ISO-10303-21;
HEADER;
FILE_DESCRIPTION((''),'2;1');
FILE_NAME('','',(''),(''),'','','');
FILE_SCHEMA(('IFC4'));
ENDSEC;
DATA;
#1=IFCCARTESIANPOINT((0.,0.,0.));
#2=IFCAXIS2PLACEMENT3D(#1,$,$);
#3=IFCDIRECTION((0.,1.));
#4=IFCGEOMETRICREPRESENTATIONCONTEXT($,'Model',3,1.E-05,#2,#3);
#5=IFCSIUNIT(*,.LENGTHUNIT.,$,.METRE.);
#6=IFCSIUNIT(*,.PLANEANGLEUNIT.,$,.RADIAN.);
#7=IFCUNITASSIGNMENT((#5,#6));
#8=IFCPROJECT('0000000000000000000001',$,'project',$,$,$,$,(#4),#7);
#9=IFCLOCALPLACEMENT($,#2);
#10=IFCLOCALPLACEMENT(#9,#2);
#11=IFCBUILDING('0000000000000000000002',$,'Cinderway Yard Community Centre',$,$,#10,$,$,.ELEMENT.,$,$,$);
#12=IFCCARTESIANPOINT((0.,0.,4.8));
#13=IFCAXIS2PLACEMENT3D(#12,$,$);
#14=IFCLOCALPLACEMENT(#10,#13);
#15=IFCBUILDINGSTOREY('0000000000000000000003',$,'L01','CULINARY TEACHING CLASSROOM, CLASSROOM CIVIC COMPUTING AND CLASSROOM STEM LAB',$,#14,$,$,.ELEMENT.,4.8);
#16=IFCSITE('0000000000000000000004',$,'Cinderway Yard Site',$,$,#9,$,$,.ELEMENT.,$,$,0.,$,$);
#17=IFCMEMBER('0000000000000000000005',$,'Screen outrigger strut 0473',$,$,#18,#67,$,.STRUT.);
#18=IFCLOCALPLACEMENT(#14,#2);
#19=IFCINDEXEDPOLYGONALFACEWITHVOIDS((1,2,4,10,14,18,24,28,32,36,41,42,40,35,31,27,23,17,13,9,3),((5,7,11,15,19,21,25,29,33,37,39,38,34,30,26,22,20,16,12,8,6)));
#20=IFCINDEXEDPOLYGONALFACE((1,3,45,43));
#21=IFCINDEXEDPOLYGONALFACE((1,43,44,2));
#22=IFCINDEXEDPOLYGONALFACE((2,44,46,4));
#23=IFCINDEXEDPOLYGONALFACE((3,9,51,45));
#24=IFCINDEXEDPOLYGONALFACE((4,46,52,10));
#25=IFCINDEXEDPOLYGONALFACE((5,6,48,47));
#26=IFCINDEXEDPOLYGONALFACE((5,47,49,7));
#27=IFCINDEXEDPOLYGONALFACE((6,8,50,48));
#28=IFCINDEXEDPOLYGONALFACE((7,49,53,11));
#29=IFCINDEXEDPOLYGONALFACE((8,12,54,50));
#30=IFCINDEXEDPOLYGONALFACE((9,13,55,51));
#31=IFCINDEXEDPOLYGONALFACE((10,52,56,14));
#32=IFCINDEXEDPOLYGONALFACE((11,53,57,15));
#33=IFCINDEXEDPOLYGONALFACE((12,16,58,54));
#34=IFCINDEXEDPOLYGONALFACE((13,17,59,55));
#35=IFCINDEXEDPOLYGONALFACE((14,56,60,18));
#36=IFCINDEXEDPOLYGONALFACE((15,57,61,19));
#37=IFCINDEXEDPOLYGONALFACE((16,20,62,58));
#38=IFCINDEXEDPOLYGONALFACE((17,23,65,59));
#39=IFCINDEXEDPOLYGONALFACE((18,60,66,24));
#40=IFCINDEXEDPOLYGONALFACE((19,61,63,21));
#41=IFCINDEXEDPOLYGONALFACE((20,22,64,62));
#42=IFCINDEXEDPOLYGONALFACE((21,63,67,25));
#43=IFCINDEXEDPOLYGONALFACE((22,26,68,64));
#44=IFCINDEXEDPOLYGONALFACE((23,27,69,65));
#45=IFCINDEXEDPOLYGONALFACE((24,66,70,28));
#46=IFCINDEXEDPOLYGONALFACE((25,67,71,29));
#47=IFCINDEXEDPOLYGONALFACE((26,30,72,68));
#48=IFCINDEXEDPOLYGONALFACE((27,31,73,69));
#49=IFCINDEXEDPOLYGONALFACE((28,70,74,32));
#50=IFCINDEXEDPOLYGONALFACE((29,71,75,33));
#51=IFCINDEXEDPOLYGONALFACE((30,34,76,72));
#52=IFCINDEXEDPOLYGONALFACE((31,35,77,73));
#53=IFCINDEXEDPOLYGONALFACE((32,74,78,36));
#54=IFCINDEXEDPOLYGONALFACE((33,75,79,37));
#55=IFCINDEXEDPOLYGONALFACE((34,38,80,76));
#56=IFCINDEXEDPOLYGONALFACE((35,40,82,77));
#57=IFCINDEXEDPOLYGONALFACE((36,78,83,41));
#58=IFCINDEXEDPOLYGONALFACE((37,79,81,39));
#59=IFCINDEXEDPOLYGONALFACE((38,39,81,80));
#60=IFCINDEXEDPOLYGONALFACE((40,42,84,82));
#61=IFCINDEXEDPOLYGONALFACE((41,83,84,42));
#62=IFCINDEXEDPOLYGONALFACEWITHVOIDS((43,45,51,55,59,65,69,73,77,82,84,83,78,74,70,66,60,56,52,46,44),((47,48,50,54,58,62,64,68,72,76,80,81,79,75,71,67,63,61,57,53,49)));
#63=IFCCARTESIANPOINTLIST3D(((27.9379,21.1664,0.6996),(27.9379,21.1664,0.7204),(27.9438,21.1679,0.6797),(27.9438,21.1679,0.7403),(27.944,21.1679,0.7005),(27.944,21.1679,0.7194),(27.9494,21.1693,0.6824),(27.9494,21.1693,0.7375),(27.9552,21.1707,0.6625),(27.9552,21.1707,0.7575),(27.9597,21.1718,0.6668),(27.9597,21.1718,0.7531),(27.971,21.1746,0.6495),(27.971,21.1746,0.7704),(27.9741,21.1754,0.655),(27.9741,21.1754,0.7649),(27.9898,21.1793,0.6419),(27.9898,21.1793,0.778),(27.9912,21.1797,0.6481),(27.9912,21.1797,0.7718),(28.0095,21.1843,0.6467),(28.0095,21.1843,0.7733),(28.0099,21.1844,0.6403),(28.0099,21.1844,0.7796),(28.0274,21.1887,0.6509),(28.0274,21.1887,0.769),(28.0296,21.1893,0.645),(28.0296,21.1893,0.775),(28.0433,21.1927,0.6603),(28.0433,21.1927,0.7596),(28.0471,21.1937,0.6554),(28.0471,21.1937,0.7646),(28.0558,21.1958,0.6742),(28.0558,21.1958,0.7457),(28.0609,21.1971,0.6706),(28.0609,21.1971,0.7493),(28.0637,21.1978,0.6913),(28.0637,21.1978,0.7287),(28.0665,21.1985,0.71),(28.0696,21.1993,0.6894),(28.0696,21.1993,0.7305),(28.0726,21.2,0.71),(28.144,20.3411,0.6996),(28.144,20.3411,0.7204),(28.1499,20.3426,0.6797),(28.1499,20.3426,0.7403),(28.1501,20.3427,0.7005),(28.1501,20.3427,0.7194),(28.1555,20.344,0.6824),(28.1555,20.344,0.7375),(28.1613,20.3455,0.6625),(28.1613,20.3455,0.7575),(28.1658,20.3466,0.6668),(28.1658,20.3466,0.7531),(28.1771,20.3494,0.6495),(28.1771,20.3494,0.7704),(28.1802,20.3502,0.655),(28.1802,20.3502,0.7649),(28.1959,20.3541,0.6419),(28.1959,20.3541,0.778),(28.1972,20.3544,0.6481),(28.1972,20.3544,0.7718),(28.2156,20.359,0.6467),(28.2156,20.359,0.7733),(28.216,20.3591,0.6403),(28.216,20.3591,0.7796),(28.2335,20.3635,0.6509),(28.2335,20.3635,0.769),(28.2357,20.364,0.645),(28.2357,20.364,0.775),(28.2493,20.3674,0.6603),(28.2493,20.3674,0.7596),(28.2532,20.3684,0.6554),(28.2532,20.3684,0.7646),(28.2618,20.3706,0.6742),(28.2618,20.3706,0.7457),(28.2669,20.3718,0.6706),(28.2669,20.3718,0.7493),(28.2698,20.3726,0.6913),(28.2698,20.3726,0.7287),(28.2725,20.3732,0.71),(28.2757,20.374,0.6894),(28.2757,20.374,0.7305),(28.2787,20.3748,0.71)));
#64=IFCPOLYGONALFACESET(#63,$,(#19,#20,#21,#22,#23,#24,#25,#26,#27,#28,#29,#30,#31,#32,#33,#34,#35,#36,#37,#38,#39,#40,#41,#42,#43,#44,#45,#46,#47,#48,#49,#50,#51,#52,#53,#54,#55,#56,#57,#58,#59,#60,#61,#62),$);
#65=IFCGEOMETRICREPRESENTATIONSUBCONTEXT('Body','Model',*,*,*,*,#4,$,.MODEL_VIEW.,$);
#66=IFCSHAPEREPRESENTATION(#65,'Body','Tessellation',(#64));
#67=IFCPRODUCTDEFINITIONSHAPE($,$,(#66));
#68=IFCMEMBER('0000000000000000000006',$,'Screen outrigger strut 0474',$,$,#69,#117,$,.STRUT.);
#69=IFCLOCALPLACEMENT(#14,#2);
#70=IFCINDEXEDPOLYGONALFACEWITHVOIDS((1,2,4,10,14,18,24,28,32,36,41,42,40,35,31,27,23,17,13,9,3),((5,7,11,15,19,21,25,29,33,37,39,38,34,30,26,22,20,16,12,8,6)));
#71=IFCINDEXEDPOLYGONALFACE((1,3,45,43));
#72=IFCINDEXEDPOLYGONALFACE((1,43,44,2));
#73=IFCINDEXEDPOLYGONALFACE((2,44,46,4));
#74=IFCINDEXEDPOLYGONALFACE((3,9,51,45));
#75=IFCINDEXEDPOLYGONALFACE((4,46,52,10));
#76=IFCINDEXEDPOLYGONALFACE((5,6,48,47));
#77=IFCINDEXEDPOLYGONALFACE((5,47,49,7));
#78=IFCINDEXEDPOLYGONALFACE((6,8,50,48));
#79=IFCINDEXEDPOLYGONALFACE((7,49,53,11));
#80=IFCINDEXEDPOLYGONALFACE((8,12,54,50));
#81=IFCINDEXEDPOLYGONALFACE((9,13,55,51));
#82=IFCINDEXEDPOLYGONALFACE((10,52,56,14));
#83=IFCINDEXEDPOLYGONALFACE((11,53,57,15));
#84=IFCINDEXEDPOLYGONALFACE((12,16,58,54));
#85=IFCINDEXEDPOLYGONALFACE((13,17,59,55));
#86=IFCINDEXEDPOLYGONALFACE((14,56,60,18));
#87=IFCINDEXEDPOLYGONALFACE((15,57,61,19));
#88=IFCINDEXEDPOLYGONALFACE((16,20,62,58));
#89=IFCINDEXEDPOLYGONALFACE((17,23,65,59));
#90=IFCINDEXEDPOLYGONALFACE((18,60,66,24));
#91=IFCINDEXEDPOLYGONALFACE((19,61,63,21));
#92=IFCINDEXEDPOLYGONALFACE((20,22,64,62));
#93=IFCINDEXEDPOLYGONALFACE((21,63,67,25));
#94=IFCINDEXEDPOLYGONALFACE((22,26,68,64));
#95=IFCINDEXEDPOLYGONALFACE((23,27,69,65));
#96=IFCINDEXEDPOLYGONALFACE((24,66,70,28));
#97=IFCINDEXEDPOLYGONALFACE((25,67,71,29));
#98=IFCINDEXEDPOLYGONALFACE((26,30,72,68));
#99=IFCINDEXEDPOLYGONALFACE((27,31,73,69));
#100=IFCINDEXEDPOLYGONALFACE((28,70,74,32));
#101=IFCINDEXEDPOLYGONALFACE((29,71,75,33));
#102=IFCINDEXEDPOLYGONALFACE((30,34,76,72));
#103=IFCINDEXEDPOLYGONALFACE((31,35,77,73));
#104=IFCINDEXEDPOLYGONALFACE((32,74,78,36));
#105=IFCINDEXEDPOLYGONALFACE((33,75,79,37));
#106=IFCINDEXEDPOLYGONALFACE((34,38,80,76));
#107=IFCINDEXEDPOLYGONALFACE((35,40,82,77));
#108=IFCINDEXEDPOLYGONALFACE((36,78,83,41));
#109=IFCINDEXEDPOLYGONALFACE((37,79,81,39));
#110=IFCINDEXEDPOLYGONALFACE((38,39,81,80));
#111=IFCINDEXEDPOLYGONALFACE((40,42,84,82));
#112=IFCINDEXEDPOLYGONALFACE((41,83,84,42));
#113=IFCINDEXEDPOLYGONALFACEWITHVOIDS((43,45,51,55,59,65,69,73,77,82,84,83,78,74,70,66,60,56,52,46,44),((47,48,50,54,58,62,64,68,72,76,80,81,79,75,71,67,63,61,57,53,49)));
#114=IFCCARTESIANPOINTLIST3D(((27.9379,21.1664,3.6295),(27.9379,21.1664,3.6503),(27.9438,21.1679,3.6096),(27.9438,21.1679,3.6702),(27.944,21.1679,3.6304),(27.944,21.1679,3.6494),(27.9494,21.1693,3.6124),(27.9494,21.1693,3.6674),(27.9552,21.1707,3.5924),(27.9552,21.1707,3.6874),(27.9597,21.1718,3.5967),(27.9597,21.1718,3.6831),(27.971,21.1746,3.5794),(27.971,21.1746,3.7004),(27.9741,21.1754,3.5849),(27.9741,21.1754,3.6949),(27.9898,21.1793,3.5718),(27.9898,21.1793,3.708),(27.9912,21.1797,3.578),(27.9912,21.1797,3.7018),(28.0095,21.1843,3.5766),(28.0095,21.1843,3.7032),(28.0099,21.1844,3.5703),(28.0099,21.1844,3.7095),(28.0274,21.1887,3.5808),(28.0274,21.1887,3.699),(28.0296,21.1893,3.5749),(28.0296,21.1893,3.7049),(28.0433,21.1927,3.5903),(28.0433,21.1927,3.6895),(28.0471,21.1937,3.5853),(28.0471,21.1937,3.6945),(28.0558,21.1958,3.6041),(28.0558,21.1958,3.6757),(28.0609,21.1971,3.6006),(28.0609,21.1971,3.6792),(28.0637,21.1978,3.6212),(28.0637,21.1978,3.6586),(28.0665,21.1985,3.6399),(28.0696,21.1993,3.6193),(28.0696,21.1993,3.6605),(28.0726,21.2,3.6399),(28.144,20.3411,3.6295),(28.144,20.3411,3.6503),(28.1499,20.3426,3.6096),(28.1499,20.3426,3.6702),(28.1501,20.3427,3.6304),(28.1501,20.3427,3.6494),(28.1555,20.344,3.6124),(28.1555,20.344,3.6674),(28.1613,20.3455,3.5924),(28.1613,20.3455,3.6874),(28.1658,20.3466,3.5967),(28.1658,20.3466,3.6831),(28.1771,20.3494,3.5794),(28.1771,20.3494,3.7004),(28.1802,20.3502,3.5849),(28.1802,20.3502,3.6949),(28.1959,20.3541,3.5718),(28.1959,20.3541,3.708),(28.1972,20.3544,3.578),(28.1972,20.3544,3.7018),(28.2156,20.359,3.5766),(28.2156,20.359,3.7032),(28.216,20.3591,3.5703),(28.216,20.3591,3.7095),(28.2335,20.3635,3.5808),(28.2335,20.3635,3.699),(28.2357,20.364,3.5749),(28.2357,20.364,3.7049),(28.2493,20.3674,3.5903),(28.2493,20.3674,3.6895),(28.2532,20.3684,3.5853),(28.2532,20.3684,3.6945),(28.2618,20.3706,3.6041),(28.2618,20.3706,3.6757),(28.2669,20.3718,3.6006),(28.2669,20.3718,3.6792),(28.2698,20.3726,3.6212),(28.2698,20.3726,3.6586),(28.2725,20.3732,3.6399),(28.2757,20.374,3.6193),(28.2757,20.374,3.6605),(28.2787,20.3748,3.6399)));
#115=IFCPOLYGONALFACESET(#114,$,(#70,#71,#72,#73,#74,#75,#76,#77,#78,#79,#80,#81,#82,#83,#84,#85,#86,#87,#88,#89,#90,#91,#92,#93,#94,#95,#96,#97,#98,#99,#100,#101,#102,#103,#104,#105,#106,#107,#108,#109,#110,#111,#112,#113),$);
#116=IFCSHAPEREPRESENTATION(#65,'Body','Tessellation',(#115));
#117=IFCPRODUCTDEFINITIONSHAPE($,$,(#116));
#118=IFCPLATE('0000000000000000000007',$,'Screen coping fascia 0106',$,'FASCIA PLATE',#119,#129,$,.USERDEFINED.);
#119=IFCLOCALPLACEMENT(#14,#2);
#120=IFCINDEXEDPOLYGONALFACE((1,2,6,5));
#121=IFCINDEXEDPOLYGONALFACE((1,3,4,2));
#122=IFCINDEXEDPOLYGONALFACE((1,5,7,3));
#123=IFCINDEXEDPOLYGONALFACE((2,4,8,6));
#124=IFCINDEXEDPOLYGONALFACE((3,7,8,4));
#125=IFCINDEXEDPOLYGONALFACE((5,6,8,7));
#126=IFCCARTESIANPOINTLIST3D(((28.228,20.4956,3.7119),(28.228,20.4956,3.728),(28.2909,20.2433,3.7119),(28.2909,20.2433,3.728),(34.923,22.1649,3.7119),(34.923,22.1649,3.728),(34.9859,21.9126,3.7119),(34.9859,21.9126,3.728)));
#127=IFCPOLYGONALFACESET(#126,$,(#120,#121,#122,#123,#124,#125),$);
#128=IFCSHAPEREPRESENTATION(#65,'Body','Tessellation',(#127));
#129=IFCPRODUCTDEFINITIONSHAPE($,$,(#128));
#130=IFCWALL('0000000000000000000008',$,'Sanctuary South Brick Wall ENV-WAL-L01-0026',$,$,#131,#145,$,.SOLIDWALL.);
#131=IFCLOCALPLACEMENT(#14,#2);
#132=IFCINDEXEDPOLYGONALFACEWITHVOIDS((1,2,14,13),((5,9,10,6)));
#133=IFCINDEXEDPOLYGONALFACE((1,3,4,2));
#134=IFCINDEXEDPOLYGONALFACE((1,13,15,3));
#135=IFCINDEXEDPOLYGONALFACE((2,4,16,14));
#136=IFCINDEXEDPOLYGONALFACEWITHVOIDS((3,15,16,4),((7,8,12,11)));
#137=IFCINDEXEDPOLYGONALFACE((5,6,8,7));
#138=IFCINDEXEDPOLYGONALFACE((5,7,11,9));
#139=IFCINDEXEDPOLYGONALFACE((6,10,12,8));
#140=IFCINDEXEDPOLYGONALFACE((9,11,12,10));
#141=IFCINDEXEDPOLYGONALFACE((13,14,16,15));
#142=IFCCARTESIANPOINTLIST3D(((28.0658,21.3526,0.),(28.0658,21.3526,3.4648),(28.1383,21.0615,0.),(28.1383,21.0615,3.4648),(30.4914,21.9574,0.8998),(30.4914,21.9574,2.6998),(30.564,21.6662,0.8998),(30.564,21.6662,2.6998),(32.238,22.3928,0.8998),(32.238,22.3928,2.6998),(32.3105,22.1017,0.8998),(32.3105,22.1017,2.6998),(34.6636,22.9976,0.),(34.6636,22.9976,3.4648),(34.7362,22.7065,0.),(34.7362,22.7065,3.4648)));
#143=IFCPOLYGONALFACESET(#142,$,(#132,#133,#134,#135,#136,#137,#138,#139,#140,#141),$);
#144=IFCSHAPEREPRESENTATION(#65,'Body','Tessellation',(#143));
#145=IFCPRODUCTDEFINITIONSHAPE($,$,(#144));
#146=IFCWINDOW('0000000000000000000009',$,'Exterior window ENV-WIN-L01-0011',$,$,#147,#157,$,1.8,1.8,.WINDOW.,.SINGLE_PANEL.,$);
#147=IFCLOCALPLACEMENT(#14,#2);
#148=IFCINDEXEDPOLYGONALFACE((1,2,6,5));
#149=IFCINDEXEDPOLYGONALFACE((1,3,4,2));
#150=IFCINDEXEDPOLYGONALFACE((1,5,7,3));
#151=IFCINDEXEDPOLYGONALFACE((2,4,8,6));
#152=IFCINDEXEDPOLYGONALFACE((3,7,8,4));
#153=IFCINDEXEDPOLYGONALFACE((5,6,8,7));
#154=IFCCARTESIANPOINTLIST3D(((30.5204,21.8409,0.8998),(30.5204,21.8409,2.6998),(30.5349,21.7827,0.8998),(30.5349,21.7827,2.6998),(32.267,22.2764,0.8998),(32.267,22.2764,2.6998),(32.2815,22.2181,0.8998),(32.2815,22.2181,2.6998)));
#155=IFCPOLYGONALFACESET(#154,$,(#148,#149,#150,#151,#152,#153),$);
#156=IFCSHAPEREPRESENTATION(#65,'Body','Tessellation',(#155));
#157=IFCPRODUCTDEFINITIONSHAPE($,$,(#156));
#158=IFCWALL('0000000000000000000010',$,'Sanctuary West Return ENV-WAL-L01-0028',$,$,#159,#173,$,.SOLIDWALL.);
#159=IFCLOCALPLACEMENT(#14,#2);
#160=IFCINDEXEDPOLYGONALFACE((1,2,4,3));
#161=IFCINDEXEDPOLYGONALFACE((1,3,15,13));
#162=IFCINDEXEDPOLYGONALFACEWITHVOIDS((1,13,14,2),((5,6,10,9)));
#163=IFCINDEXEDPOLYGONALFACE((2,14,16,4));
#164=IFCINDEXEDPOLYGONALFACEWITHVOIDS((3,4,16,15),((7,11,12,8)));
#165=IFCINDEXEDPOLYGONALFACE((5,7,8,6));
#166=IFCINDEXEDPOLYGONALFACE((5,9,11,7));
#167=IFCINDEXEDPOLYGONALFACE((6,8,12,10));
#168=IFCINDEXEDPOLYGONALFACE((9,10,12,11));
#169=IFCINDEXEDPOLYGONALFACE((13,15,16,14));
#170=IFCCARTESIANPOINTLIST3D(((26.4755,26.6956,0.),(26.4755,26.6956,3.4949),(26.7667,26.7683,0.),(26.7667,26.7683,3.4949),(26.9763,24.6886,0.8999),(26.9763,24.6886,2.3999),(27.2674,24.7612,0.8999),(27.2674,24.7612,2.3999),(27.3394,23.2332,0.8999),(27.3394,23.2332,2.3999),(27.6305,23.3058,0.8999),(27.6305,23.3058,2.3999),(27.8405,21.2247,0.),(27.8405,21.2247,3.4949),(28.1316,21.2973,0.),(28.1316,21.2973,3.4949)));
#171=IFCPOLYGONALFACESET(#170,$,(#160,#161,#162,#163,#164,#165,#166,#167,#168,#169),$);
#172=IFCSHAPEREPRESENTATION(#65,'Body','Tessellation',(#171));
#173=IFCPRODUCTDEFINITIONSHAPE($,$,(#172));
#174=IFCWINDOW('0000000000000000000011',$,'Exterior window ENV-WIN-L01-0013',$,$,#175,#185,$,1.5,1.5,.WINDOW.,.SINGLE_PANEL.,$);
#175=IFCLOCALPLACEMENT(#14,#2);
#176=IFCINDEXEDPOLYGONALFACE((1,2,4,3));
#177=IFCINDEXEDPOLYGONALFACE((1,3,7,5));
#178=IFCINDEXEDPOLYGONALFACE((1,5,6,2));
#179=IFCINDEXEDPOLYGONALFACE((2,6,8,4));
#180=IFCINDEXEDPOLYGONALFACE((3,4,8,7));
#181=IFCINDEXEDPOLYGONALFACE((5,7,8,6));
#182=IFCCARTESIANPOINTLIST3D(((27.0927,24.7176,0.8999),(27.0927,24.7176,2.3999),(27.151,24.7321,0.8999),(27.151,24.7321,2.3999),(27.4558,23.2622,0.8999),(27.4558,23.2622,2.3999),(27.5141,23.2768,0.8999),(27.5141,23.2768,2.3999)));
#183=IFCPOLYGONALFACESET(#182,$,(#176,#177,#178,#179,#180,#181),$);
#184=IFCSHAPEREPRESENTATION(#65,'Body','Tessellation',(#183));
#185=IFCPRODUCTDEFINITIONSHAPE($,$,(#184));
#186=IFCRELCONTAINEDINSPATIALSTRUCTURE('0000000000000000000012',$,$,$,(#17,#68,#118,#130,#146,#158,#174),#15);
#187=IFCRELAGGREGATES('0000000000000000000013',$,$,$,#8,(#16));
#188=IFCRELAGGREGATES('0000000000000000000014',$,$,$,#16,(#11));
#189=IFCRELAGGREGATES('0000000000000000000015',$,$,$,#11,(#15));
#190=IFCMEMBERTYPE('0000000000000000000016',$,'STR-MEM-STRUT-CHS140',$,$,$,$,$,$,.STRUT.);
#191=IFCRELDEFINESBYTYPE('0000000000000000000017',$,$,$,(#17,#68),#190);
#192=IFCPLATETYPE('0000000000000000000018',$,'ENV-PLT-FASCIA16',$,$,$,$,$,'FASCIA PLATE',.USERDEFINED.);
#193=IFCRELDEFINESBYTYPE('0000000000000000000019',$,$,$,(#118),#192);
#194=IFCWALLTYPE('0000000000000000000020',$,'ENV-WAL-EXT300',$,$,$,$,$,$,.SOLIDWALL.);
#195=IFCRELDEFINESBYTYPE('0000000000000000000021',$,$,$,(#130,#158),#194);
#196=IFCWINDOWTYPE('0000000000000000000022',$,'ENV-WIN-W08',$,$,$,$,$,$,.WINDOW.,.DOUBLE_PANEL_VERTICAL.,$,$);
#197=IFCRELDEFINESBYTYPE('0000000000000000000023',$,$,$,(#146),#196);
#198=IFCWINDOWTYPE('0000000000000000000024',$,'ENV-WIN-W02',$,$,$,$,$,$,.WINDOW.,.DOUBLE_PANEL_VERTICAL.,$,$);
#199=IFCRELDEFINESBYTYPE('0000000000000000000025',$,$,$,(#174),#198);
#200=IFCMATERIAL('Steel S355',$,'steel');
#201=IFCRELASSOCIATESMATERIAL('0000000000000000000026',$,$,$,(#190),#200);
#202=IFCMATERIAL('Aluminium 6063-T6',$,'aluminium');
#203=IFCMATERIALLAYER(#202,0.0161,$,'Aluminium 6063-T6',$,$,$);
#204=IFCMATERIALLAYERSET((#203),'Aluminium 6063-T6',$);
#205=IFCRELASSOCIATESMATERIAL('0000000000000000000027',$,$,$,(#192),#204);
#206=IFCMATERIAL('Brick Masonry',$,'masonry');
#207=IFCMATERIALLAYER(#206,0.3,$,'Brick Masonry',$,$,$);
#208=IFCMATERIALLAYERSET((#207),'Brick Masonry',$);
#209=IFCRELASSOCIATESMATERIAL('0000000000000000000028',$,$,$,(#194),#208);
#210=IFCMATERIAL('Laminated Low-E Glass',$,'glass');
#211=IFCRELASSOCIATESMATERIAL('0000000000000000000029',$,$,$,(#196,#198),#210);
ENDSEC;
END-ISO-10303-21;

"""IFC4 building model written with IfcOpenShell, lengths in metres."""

from ifc_helpers import new_model, si_unit, direction, frame, frame_2d, origin, origin_2d, place, context, subcontext, project, spatial, rectangle, hollow_circle, extrude, material, layer, layer_set, material_profile, profile_set, type_object, element, fill, save


model = new_model("IFC4")

# Units and contexts
model_context = context("Model", 3, precision=1e-05, world=origin(), true_north=direction((0.0, 1.0)))
body_context = subcontext(model_context, "Body", "Model", "MODEL_VIEW")
ifc_project = project(units=[si_unit("LENGTHUNIT", "METRE"), si_unit("PLANEANGLEUNIT", "RADIAN")], contexts=[model_context])

# Site, building, storey
site_placement = place(None, origin())
site = spatial("IfcSite", under=ifc_project, at=site_placement, Name="Cinderway Yard Site", CompositionType="ELEMENT", RefElevation=0.0)
building_placement = place(site_placement, origin())
building = spatial("IfcBuilding", under=site, at=building_placement, Name="Cinderway Yard Community Centre", CompositionType="ELEMENT")
storey_placement = place(building_placement, frame((0.0, 0.0, 4.8)))
storey = spatial("IfcBuildingStorey", under=building, at=storey_placement, Name="L01", Description="CULINARY TEACHING CLASSROOM, CLASSROOM CIVIC COMPUTING AND CLASSROOM STEM LAB", CompositionType="ELEMENT", Elevation=4.8)

# Shared definitions
ifc_material_1 = material(Name="Steel S355", Category="steel")

# Members
ifc_material_profile_1 = material_profile(ifc_material_1, hollow_circle(Radius=0.0698, WallThickness=0.0063, at=origin_2d()), Name="Steel S355")
ifc_profile_set_1 = profile_set([ifc_material_profile_1], Name="Steel S355")
member_type_1 = type_object("IfcMemberType", Name="STR-MEM-STRUT-CHS140", PredefinedType="STRUT", material=ifc_profile_set_1)
for number, where, z_axis, x_axis, name in (
    (1, (28.0049, 21.1831, 0.71), (0.242265, -0.97021, 0.0), (0.97021, 0.242265, 0.0), "Screen outrigger strut 0473"),
    (2, (28.0049, 21.1831, 3.6399), (0.242265, -0.97021, 0.0), (0.97021, 0.242265, 0.0), "Screen outrigger strut 0474"),
):
    element("IfcMember", number, at=place(storey_placement, frame(where, z_axis=z_axis, x_axis=x_axis)), inside=storey, type_object=member_type_1, Name=name, PredefinedType="STRUT", context=body_context, shape_type="SweptSolid", body=[
        extrude(hollow_circle(Radius=0.0698, WallThickness=0.0063, at=origin_2d()), origin(), (0.0, 0.0, 1.0), 0.8506),
    ])

# Plate
ifc_material_2 = material(Name="Aluminium 6063-T6", Category="aluminium")
ifc_layer_1 = layer(ifc_material_2, 0.0161, Name="Aluminium 6063-T6")
ifc_layer_set_1 = layer_set([ifc_layer_1], Name="Aluminium 6063-T6")
plate_type = type_object("IfcPlateType", Name="ENV-PLT-FASCIA16", ElementType="FASCIA PLATE", PredefinedType="USERDEFINED", material=ifc_layer_set_1)
plate_placement = place(storey_placement, frame((31.6069, 21.2041, 3.7119), z_axis=(0.0, 0.0, 1.0), x_axis=(-0.970296, -0.241922, 0.0)))
element("IfcPlate", 3, at=plate_placement, inside=storey, type_object=plate_type, Name="Screen coping fascia 0106", ObjectType="FASCIA PLATE", PredefinedType="USERDEFINED", context=body_context, shape_type="SweptSolid", body=[
    extrude(rectangle(XDim=6.8999, YDim=0.26, at=origin_2d()), origin(), (0.0, 0.0, 1.0), 0.0161),
])

# Walls, openings, windows
ifc_material_3 = material(Name="Brick Masonry", Category="masonry")
ifc_layer_2 = layer(ifc_material_3, 0.3, Name="Brick Masonry")
ifc_layer_set_2 = layer_set([ifc_layer_2], Name="Brick Masonry")
wall_type = type_object("IfcWallType", Name="ENV-WAL-EXT300", PredefinedType="SOLIDWALL", material=ifc_layer_set_2)
wall_1_placement = place(storey_placement, frame((28.1021, 21.207, 0.0), z_axis=(0.0, 0.0, 1.0), x_axis=(0.970296, 0.241919, 0.0)))
wall_1 = element("IfcWall", 4, at=wall_1_placement, inside=storey, type_object=wall_type, Name="Sanctuary South Brick Wall ENV-WAL-L01-0026", PredefinedType="SOLIDWALL", context=body_context, shape_type="SweptSolid", body=[
    extrude(rectangle(XDim=6.7998, YDim=0.3, at=frame_2d((3.3999, 0.0))), origin(), (0.0, 0.0, 1.0), 3.4648),
])
opening_1_placement = place(wall_1_placement, frame((2.5, 0.0, 0.8999)))
opening_1 = element("IfcOpeningElement", 5, at=opening_1_placement, cuts=wall_1, PredefinedType="OPENING", context=body_context, shape_type="SweptSolid", body=[
    extrude(rectangle(XDim=1.8, YDim=1.8, at=frame_2d((0.8999, 0.8999))), frame((0.0, 0.1599, 0.0), z_axis=(0.0, -1.0, 0.0), x_axis=(1.0, 0.0, 0.0)), (0.0, 0.0, 1.0), 0.3201),
])
ifc_material_4 = material(Name="Laminated Low-E Glass", Category="glass")
window_type_1 = type_object("IfcWindowType", Name="ENV-WIN-W08", PartitioningType="DOUBLE_PANEL_VERTICAL", PredefinedType="WINDOW", material=ifc_material_4)
window_1_placement = place(opening_1_placement, origin())
window_1 = element("IfcWindow", 6, at=window_1_placement, inside=storey, type_object=window_type_1, Name="Exterior window ENV-WIN-L01-0011", OverallHeight=1.8, OverallWidth=1.8, PartitioningType="SINGLE_PANEL", PredefinedType="WINDOW", context=body_context, shape_type="SweptSolid", body=[
    extrude(rectangle(XDim=1.8, YDim=1.8, at=frame_2d((0.8999, 0.8999))), frame((0.0, 0.03, 0.0), z_axis=(0.0, -1.0, 0.0), x_axis=(1.0, 0.0, 0.0)), (0.0, 0.0, 1.0), 0.0601),
])
fill(opening_1, window_1)
wall_2_placement = place(storey_placement, frame((27.9861, 21.261, 0.0), z_axis=(0.0, 0.0, 1.0), x_axis=(-0.242077, 0.970257, 0.0)))
wall_2 = element("IfcWall", 7, at=wall_2_placement, inside=storey, type_object=wall_type, Name="Sanctuary West Return ENV-WAL-L01-0028", PredefinedType="SOLIDWALL", context=body_context, shape_type="SweptSolid", body=[
    extrude(rectangle(XDim=5.6387, YDim=0.3, at=frame_2d((2.8193, 0.0))), origin(), (0.0, 0.0, 1.0), 3.4949),
])
opening_2_placement = place(wall_2_placement, frame((2.0701, 0.0, 0.8999)))
opening_2 = element("IfcOpeningElement", 8, at=opening_2_placement, cuts=wall_2, PredefinedType="OPENING", context=body_context, shape_type="SweptSolid", body=[
    extrude(rectangle(XDim=1.5, YDim=1.5, at=frame_2d((0.75, 0.75))), frame((0.0, 0.1599, 0.0), z_axis=(0.0, -1.0, 0.0), x_axis=(1.0, 0.0, 0.0)), (0.0, 0.0, 1.0), 0.3201),
])
window_type_2 = type_object("IfcWindowType", Name="ENV-WIN-W02", PartitioningType="DOUBLE_PANEL_VERTICAL", PredefinedType="WINDOW", material=ifc_material_4)
window_2_placement = place(opening_2_placement, origin())
window_2 = element("IfcWindow", 9, at=window_2_placement, inside=storey, type_object=window_type_2, Name="Exterior window ENV-WIN-L01-0013", OverallHeight=1.5, OverallWidth=1.5, PartitioningType="SINGLE_PANEL", PredefinedType="WINDOW", context=body_context, shape_type="SweptSolid", body=[
    extrude(rectangle(XDim=1.5, YDim=1.5, at=frame_2d((0.75, 0.75))), frame((0.0, 0.03, 0.0), z_axis=(0.0, -1.0, 0.0), x_axis=(1.0, 0.0, 0.0)), (0.0, 0.0, 1.0), 0.0601),
])
fill(opening_2, window_2)

save(model, "model.ifc")
